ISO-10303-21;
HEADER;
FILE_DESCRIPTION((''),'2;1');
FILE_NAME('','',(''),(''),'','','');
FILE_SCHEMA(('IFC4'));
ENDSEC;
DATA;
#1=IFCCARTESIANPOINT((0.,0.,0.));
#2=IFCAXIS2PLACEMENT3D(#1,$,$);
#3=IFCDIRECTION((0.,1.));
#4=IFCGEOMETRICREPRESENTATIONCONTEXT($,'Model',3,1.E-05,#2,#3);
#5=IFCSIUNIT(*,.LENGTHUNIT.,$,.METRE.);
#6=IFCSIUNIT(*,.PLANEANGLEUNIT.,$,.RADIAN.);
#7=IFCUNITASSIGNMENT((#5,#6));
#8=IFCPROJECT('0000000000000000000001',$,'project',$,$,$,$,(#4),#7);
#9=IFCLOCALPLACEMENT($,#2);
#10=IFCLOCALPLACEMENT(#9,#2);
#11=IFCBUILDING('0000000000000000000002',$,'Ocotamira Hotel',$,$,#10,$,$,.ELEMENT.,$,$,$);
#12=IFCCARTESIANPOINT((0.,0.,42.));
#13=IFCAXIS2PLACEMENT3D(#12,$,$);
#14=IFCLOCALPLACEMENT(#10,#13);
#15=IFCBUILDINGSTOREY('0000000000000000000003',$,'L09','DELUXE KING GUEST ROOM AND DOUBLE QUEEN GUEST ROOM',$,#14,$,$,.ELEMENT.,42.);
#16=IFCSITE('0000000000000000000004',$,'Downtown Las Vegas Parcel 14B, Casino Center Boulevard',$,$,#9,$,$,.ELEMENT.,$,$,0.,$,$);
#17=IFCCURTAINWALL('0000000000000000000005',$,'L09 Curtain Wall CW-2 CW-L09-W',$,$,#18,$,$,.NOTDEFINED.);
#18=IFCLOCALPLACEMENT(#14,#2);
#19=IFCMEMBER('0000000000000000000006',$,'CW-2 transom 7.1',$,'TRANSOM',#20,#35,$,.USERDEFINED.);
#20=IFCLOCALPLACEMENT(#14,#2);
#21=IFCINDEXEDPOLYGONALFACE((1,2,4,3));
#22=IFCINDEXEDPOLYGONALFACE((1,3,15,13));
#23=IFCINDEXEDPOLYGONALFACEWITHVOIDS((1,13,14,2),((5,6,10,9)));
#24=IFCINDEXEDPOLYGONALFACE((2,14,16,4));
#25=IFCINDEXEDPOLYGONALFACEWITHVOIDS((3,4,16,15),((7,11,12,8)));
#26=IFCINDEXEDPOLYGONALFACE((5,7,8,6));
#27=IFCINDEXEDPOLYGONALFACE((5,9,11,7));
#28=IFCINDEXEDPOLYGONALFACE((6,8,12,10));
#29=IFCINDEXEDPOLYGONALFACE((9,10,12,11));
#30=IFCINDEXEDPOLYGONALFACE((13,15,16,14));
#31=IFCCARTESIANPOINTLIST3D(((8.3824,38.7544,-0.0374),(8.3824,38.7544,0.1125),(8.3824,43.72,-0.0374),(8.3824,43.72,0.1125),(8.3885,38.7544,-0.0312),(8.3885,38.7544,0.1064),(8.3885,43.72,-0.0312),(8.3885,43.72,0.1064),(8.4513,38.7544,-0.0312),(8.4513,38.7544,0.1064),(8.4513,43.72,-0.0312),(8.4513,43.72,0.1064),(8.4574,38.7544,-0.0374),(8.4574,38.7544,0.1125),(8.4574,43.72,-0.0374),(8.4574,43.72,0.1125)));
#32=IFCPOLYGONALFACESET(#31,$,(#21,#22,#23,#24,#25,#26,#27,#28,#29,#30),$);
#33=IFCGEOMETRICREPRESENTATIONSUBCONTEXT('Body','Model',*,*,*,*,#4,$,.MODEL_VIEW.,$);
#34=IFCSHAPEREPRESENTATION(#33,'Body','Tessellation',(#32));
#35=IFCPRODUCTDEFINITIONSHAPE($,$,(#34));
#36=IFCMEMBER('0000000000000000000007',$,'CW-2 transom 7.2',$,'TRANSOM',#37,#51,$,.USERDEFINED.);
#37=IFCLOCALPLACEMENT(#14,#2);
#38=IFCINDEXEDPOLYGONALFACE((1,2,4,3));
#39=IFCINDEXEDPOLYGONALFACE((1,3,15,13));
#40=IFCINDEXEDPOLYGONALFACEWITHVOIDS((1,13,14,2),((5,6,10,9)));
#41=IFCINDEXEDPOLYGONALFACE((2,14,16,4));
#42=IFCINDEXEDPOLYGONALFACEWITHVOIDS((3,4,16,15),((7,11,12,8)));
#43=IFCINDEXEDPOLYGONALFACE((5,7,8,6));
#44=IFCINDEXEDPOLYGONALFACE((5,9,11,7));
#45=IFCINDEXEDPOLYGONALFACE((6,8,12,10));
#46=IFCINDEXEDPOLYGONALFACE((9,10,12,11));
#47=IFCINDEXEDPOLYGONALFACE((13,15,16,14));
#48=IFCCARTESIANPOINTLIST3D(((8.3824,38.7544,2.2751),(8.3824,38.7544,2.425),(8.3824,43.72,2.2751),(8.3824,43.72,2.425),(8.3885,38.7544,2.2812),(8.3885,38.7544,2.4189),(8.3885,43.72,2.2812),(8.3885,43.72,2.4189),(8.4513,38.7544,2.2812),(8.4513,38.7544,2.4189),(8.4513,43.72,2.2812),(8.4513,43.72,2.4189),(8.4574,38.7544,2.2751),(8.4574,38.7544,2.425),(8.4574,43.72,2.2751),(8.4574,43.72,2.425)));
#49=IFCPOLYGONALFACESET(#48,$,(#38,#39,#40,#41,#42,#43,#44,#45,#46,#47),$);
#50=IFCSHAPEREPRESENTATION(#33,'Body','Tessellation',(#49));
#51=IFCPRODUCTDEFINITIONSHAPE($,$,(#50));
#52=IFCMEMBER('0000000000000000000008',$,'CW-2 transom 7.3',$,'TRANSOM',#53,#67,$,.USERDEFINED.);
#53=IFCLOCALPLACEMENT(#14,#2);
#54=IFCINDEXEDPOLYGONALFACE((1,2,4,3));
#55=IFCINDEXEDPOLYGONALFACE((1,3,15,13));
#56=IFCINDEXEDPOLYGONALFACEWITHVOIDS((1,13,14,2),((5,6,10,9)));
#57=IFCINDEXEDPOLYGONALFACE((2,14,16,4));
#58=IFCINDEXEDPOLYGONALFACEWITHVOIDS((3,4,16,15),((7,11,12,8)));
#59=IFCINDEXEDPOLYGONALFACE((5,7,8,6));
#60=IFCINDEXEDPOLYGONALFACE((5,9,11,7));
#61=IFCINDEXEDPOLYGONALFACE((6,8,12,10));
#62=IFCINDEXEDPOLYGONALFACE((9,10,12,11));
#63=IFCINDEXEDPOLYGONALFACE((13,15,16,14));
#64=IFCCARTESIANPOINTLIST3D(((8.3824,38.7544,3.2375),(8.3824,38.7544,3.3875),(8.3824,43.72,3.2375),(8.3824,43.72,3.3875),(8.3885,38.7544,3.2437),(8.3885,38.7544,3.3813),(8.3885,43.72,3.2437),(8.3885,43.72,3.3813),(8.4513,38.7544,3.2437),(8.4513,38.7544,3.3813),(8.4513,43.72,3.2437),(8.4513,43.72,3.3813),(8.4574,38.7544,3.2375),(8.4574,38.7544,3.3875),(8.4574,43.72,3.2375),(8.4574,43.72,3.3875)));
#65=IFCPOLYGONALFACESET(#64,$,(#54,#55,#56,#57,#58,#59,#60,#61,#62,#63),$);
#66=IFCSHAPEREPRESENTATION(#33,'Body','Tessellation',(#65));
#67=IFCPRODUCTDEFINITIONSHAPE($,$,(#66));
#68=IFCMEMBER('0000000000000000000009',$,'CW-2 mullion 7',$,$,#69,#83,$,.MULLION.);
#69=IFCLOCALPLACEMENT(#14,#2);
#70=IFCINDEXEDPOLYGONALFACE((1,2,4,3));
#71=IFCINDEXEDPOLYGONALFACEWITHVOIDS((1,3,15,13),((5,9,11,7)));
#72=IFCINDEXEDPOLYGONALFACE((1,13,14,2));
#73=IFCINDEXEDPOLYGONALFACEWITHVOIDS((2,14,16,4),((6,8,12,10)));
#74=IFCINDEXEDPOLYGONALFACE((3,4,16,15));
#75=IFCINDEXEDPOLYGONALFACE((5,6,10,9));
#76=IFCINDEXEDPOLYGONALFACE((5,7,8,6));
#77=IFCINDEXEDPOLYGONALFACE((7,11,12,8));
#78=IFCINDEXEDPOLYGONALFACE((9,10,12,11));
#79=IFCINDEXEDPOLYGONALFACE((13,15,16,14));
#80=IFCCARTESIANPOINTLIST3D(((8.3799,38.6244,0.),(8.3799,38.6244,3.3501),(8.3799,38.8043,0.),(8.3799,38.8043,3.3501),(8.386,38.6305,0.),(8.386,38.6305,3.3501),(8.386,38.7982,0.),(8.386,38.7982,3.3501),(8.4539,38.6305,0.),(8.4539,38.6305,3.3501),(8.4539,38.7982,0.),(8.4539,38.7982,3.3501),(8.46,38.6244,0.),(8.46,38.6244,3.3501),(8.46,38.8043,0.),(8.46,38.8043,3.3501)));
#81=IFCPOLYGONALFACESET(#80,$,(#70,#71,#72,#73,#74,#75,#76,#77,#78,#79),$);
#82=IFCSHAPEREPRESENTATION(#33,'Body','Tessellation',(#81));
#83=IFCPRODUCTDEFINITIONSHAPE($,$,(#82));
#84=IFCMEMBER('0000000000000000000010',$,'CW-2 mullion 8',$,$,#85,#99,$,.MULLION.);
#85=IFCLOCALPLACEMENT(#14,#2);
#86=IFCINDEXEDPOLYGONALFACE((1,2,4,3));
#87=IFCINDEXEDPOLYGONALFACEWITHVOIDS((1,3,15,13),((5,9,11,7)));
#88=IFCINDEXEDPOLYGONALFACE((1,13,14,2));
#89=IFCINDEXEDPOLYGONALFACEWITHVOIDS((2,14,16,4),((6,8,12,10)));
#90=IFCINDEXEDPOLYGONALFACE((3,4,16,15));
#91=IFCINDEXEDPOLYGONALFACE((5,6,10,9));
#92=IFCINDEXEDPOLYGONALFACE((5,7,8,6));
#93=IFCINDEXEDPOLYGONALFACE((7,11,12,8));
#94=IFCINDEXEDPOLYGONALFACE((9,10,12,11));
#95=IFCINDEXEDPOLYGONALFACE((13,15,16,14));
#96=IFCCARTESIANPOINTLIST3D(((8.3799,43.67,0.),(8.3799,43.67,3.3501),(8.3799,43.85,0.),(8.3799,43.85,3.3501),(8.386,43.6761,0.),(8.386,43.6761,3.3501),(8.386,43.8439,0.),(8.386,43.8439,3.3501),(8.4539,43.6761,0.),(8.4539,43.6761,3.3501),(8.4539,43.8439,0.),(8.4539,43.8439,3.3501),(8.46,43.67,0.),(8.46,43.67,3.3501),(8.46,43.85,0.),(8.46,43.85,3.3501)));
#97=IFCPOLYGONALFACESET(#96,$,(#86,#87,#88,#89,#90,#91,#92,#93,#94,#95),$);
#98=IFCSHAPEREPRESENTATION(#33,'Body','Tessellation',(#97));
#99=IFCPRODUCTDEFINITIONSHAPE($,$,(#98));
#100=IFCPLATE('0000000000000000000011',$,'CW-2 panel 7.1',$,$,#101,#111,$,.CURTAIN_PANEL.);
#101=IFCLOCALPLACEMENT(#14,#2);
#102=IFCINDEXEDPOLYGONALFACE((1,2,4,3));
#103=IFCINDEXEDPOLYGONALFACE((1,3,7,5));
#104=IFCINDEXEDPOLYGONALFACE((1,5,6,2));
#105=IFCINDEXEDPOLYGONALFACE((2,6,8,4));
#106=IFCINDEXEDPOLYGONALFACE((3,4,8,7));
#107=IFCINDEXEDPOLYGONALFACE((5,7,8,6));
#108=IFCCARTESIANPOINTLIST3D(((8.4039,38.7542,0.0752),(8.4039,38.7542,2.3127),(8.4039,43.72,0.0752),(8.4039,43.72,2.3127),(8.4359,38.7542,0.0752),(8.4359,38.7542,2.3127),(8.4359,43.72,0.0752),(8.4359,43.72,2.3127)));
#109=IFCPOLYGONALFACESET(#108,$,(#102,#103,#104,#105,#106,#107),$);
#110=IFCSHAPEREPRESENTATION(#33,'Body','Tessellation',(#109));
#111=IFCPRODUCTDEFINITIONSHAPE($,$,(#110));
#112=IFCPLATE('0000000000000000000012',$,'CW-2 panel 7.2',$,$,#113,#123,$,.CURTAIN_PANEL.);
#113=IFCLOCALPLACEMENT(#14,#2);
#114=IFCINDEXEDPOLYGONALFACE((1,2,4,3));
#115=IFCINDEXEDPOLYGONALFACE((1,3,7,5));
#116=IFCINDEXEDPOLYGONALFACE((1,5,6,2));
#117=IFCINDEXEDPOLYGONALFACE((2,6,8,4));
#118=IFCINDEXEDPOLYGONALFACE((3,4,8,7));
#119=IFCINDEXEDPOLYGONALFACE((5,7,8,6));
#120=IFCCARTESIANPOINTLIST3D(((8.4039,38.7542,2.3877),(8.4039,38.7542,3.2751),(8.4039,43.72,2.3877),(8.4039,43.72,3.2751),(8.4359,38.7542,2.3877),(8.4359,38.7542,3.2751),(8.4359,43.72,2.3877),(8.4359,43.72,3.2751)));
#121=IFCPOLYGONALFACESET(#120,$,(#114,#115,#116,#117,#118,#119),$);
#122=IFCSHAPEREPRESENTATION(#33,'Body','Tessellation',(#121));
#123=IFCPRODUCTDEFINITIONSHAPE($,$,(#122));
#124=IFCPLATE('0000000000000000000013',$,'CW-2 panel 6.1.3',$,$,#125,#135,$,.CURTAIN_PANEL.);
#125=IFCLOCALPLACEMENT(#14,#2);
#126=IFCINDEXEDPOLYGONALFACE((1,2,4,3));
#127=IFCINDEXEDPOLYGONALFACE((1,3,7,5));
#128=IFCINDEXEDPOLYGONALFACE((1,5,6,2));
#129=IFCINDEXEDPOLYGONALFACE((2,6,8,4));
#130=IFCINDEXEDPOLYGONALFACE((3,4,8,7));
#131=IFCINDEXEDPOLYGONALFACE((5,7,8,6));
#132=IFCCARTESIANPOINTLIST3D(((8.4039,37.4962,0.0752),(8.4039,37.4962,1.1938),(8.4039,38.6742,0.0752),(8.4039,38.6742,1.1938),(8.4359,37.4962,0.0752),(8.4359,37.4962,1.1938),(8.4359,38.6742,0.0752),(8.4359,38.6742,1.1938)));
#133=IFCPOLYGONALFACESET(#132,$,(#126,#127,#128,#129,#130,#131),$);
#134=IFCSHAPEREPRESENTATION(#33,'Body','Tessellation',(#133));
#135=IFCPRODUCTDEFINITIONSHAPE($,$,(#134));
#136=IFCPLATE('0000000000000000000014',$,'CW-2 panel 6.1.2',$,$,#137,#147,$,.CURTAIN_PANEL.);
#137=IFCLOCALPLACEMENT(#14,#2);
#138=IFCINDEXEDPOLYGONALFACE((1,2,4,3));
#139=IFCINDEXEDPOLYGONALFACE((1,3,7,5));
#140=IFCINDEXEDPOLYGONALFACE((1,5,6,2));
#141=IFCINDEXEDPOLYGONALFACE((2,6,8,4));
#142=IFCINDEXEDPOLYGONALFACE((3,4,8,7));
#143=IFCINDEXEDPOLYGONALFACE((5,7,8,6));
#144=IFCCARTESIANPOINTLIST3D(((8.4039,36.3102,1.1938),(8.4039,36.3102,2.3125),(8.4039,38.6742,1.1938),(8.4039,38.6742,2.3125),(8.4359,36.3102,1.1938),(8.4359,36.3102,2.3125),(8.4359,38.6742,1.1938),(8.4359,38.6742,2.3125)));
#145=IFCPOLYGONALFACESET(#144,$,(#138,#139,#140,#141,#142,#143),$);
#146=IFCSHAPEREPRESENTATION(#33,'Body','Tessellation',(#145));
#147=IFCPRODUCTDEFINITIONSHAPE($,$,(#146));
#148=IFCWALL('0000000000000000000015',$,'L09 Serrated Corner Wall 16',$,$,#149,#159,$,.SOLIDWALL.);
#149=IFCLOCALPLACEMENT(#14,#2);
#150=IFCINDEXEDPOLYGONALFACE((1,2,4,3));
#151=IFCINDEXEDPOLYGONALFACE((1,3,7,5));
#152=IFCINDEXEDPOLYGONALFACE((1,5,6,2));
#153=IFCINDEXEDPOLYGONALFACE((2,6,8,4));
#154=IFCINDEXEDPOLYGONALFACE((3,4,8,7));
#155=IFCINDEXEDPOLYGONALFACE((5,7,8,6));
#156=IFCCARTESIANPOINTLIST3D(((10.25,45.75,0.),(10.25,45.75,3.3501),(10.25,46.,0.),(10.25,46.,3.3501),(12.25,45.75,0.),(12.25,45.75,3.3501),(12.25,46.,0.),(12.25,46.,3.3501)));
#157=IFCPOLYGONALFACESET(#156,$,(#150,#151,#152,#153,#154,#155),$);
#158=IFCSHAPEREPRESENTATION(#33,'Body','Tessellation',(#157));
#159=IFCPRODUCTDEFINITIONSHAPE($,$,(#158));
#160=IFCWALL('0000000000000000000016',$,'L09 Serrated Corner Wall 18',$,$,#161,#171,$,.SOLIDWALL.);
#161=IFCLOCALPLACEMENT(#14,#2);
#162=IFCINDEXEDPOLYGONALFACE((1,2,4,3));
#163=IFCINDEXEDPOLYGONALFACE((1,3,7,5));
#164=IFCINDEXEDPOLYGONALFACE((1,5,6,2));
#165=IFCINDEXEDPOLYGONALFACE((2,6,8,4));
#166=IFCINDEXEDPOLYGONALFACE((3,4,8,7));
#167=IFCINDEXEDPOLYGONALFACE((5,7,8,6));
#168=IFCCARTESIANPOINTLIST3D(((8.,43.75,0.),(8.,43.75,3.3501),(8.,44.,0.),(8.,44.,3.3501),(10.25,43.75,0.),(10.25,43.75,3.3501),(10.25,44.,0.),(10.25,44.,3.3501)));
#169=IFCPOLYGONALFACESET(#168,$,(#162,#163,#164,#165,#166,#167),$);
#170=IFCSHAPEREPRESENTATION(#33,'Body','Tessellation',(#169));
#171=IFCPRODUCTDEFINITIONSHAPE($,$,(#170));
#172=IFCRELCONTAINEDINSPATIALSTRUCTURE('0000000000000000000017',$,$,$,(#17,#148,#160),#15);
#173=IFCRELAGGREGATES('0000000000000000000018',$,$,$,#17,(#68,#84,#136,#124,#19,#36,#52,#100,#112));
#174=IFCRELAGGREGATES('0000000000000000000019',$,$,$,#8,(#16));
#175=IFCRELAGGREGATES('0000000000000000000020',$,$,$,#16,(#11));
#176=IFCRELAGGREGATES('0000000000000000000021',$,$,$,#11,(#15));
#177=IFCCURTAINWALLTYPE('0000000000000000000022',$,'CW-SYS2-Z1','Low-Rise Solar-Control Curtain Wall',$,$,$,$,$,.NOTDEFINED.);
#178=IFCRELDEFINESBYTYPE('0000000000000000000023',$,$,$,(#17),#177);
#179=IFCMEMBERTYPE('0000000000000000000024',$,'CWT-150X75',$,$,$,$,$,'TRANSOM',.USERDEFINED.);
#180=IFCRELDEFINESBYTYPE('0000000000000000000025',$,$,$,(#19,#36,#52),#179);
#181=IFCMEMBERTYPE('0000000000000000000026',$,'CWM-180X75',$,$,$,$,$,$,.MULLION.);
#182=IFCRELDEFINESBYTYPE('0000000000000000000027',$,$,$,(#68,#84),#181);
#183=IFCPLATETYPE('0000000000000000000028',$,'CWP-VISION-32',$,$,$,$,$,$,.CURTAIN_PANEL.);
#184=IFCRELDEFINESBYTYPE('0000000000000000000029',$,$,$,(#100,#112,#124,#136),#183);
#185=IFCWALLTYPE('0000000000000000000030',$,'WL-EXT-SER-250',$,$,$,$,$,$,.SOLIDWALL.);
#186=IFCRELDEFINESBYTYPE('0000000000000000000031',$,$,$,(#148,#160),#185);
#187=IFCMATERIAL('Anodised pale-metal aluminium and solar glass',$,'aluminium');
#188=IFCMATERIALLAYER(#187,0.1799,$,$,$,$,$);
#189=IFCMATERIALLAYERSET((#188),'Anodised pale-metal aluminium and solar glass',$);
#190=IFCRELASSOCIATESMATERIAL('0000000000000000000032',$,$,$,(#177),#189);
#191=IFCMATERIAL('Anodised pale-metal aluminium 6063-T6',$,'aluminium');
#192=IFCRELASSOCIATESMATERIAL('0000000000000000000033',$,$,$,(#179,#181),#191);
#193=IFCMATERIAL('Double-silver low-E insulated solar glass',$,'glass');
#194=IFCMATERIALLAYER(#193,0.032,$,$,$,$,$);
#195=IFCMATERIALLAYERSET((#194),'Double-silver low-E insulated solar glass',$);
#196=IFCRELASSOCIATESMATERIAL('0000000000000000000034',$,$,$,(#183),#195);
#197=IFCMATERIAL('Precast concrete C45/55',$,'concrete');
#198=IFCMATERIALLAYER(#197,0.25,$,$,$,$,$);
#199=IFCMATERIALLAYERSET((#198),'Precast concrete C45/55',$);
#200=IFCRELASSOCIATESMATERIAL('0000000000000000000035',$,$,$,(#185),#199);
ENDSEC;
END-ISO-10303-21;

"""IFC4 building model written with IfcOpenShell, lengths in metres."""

from ifc_helpers import new_model, si_unit, direction, frame, frame_2d, origin, origin_2d, place, context, subcontext, project, spatial, rectangle, hollow_rectangle, extrude, source, transform, mapped, material, layer, layer_set, material_profile, profile_set, type_object, element, aggregate, save


model = new_model("IFC4")

# Units and contexts
model_context = context("Model", 3, precision=1e-05, world=origin(), true_north=direction((0.0, 1.0)))
body_context = subcontext(model_context, "Body", "Model", "MODEL_VIEW")
ifc_project = project(units=[si_unit("LENGTHUNIT", "METRE"), si_unit("PLANEANGLEUNIT", "RADIAN")], contexts=[model_context])

# Site, building, storey
site_placement = place(None, origin())
site = spatial("IfcSite", under=ifc_project, at=site_placement, Name="Downtown Las Vegas Parcel 14B, Casino Center Boulevard", CompositionType="ELEMENT", RefElevation=0.0)
building_placement = place(site_placement, origin())
building = spatial("IfcBuilding", under=site, at=building_placement, Name="Ocotamira Hotel", CompositionType="ELEMENT")
storey_placement = place(building_placement, frame((0.0, 0.0, 42.0)))
storey = spatial("IfcBuildingStorey", under=building, at=storey_placement, Name="L09", Description="DELUXE KING GUEST ROOM AND DOUBLE QUEEN GUEST ROOM", CompositionType="ELEMENT", Elevation=42.0)

# Curtain wall, members, plates
ifc_material_1 = material(Name="Anodised pale-metal aluminium and solar glass", Category="aluminium")
ifc_layer_1 = layer(ifc_material_1, 0.1799)
ifc_layer_set_1 = layer_set([ifc_layer_1], Name="Anodised pale-metal aluminium and solar glass")
curtain_wall_type = type_object("IfcCurtainWallType", Name="CW-SYS2-Z1", Description="Low-Rise Solar-Control Curtain Wall", PredefinedType="NOTDEFINED", material=ifc_layer_set_1)
curtain_wall_placement = place(storey_placement, origin())
curtain_wall = element("IfcCurtainWall", 1, at=curtain_wall_placement, inside=storey, type_object=curtain_wall_type, Name="L09 Curtain Wall CW-2 CW-L09-W", PredefinedType="NOTDEFINED")
ifc_material_2 = material(Name="Anodised pale-metal aluminium 6063-T6", Category="aluminium")
ifc_material_profile_1 = material_profile(ifc_material_2, hollow_rectangle(XDim=0.075, YDim=0.1499, WallThickness=0.0061, at=origin_2d()), Name="HSS150X75X6")
ifc_profile_set_1 = profile_set([ifc_material_profile_1], Name="Anodised pale-metal aluminium 6063-T6")
member_type_1 = type_object("IfcMemberType", Name="CWT-150X75", ElementType="TRANSOM", PredefinedType="USERDEFINED", material=ifc_profile_set_1)
shared_shape_1 = source(origin(), body_context, "Body", "SweptSolid", [
    extrude(hollow_rectangle(XDim=0.075, YDim=0.1499, WallThickness=0.0061, at=origin_2d()), origin(), (0.0, 0.0, 1.0), 4.9656),
])
member_1_placement = place(storey_placement, frame((8.4199, 38.7544, 0.0376), z_axis=(0.0, 1.0, 0.0), x_axis=(-1.0, 0.0, 0.0)))
member_1 = element("IfcMember", 2, at=member_1_placement, type_object=member_type_1, Name="CW-2 transom 7.1", ObjectType="TRANSOM", PredefinedType="USERDEFINED", context=body_context, shape_type="MappedRepresentation", body=[
    mapped(shared_shape_1, transform((0.0, 0.0, 0.0), scale=1.0)),
])
member_2_placement = place(storey_placement, frame((8.4199, 38.7544, 2.3501), z_axis=(0.0, 1.0, 0.0), x_axis=(-1.0, 0.0, 0.0)))
member_2 = element("IfcMember", 3, at=member_2_placement, type_object=member_type_1, Name="CW-2 transom 7.2", ObjectType="TRANSOM", PredefinedType="USERDEFINED", context=body_context, shape_type="MappedRepresentation", body=[
    mapped(shared_shape_1, transform((0.0, 0.0, 0.0), scale=1.0)),
])
member_3_placement = place(storey_placement, frame((8.4199, 38.7544, 3.3125), z_axis=(0.0, 1.0, 0.0), x_axis=(-1.0, 0.0, 0.0)))
member_3 = element("IfcMember", 4, at=member_3_placement, type_object=member_type_1, Name="CW-2 transom 7.3", ObjectType="TRANSOM", PredefinedType="USERDEFINED", context=body_context, shape_type="MappedRepresentation", body=[
    mapped(shared_shape_1, transform((0.0, 0.0, 0.0), scale=1.0)),
])
ifc_material_profile_2 = material_profile(ifc_material_2, hollow_rectangle(XDim=0.0801, YDim=0.1799, WallThickness=0.0061, at=origin_2d()), Name="HSS180X80X6")
ifc_profile_set_2 = profile_set([ifc_material_profile_2], Name="Anodised pale-metal aluminium 6063-T6")
member_type_2 = type_object("IfcMemberType", Name="CWM-180X75", PredefinedType="MULLION", material=ifc_profile_set_2)
shared_shape_2 = source(origin(), body_context, "Body", "SweptSolid", [
    extrude(hollow_rectangle(XDim=0.0801, YDim=0.1799, WallThickness=0.0061, at=origin_2d()), origin(), (0.0, 0.0, 1.0), 3.3501),
])
member_4_placement = place(storey_placement, frame((8.4199, 38.7144, 0.0), z_axis=(0.0, 0.0, 1.0), x_axis=(-1.0, 0.0, 0.0)))
member_4 = element("IfcMember", 5, at=member_4_placement, type_object=member_type_2, Name="CW-2 mullion 7", PredefinedType="MULLION", context=body_context, shape_type="MappedRepresentation", body=[
    mapped(shared_shape_2, transform((0.0, 0.0, 0.0), scale=1.0)),
])
member_5_placement = place(storey_placement, frame((8.4199, 43.76, 0.0), z_axis=(0.0, 0.0, 1.0), x_axis=(-1.0, 0.0, 0.0)))
member_5 = element("IfcMember", 6, at=member_5_placement, type_object=member_type_2, Name="CW-2 mullion 8", PredefinedType="MULLION", context=body_context, shape_type="MappedRepresentation", body=[
    mapped(shared_shape_2, transform((0.0, 0.0, 0.0), scale=1.0)),
])
ifc_material_3 = material(Name="Double-silver low-E insulated solar glass", Category="glass")
ifc_layer_2 = layer(ifc_material_3, 0.032)
ifc_layer_set_2 = layer_set([ifc_layer_2], Name="Double-silver low-E insulated solar glass")
plate_type = type_object("IfcPlateType", Name="CWP-VISION-32", PredefinedType="CURTAIN_PANEL", material=ifc_layer_set_2)
shared_shape_3 = source(origin(), body_context, "Body", "SweptSolid", [
    extrude(rectangle(XDim=4.9658, YDim=0.032, at=origin_2d()), origin(), (0.0, 0.0, 1.0), 2.2375),
])
plate_1_placement = place(storey_placement, frame((8.4199, 41.2371, 0.0752), z_axis=(0.0, 0.0, 1.0), x_axis=(0.0, 1.0, 0.0)))
plate_1 = element("IfcPlate", 7, at=plate_1_placement, type_object=plate_type, Name="CW-2 panel 7.1", PredefinedType="CURTAIN_PANEL", context=body_context, shape_type="MappedRepresentation", body=[
    mapped(shared_shape_3, transform((0.0, 0.0, 0.0), scale=1.0)),
])
shared_shape_4 = source(origin(), body_context, "Body", "SweptSolid", [
    extrude(rectangle(XDim=4.9658, YDim=0.032, at=origin_2d()), origin(), (0.0, 0.0, 1.0), 0.8875),
])
plate_2_placement = place(storey_placement, frame((8.4199, 41.2371, 2.3877), z_axis=(0.0, 0.0, 1.0), x_axis=(0.0, 1.0, 0.0)))
plate_2 = element("IfcPlate", 8, at=plate_2_placement, type_object=plate_type, Name="CW-2 panel 7.2", PredefinedType="CURTAIN_PANEL", context=body_context, shape_type="MappedRepresentation", body=[
    mapped(shared_shape_4, transform((0.0, 0.0, 0.0), scale=1.0)),
])
shared_shape_5 = source(origin(), body_context, "Body", "SweptSolid", [
    extrude(rectangle(XDim=1.178, YDim=0.032, at=origin_2d()), origin(), (0.0, 0.0, 1.0), 1.1187),
])
plate_3_placement = place(storey_placement, frame((8.4199, 38.0852, 0.0752), z_axis=(0.0, 0.0, 1.0), x_axis=(0.0, 1.0, 0.0)))
plate_3 = element("IfcPlate", 9, at=plate_3_placement, type_object=plate_type, Name="CW-2 panel 6.1.3", PredefinedType="CURTAIN_PANEL", context=body_context, shape_type="MappedRepresentation", body=[
    mapped(shared_shape_5, transform((0.0, 0.0, 0.0), scale=1.0)),
])
shared_shape_6 = source(origin(), body_context, "Body", "SweptSolid", [
    extrude(rectangle(XDim=2.364, YDim=0.032, at=origin_2d()), origin(), (0.0, 0.0, 1.0), 1.1187),
])
plate_4_placement = place(storey_placement, frame((8.4199, 37.4922, 1.1938), z_axis=(0.0, 0.0, 1.0), x_axis=(0.0, 1.0, 0.0)))
plate_4 = element("IfcPlate", 10, at=plate_4_placement, type_object=plate_type, Name="CW-2 panel 6.1.2", PredefinedType="CURTAIN_PANEL", context=body_context, shape_type="MappedRepresentation", body=[
    mapped(shared_shape_6, transform((0.0, 0.0, 0.0), scale=1.0)),
])
aggregate(curtain_wall, [member_4, member_5, plate_4, plate_3, member_1, member_2, member_3, plate_1, plate_2])

# Walls
ifc_material_4 = material(Name="Precast concrete C45/55", Category="concrete")
ifc_layer_3 = layer(ifc_material_4, 0.25)
ifc_layer_set_3 = layer_set([ifc_layer_3], Name="Precast concrete C45/55")
wall_type_1 = type_object("IfcWallType", Name="WL-EXT-SER-250", PredefinedType="SOLIDWALL", material=ifc_layer_set_3)
wall_1_placement = place(storey_placement, frame((12.25, 45.875, 0.0), z_axis=(0.0, 0.0, 1.0), x_axis=(-1.0, 0.0, 0.0)))
element("IfcWall", 11, at=wall_1_placement, inside=storey, type_object=wall_type_1, Name="L09 Serrated Corner Wall 16", PredefinedType="SOLIDWALL", context=body_context, shape_type="SweptSolid", body=[
    extrude(rectangle(XDim=2.0, YDim=0.25, at=frame_2d((1.0, 0.0))), origin(), (0.0, 0.0, 1.0), 3.3501),
])
wall_2_placement = place(storey_placement, frame((10.25, 43.875, 0.0), z_axis=(0.0, 0.0, 1.0), x_axis=(-1.0, 0.0, 0.0)))
element("IfcWall", 12, at=wall_2_placement, inside=storey, type_object=wall_type_1, Name="L09 Serrated Corner Wall 18", PredefinedType="SOLIDWALL", context=body_context, shape_type="SweptSolid", body=[
    extrude(rectangle(XDim=2.25, YDim=0.25, at=frame_2d((1.125, 0.0))), origin(), (0.0, 0.0, 1.0), 3.3501),
])

save(model, "model.ifc")
